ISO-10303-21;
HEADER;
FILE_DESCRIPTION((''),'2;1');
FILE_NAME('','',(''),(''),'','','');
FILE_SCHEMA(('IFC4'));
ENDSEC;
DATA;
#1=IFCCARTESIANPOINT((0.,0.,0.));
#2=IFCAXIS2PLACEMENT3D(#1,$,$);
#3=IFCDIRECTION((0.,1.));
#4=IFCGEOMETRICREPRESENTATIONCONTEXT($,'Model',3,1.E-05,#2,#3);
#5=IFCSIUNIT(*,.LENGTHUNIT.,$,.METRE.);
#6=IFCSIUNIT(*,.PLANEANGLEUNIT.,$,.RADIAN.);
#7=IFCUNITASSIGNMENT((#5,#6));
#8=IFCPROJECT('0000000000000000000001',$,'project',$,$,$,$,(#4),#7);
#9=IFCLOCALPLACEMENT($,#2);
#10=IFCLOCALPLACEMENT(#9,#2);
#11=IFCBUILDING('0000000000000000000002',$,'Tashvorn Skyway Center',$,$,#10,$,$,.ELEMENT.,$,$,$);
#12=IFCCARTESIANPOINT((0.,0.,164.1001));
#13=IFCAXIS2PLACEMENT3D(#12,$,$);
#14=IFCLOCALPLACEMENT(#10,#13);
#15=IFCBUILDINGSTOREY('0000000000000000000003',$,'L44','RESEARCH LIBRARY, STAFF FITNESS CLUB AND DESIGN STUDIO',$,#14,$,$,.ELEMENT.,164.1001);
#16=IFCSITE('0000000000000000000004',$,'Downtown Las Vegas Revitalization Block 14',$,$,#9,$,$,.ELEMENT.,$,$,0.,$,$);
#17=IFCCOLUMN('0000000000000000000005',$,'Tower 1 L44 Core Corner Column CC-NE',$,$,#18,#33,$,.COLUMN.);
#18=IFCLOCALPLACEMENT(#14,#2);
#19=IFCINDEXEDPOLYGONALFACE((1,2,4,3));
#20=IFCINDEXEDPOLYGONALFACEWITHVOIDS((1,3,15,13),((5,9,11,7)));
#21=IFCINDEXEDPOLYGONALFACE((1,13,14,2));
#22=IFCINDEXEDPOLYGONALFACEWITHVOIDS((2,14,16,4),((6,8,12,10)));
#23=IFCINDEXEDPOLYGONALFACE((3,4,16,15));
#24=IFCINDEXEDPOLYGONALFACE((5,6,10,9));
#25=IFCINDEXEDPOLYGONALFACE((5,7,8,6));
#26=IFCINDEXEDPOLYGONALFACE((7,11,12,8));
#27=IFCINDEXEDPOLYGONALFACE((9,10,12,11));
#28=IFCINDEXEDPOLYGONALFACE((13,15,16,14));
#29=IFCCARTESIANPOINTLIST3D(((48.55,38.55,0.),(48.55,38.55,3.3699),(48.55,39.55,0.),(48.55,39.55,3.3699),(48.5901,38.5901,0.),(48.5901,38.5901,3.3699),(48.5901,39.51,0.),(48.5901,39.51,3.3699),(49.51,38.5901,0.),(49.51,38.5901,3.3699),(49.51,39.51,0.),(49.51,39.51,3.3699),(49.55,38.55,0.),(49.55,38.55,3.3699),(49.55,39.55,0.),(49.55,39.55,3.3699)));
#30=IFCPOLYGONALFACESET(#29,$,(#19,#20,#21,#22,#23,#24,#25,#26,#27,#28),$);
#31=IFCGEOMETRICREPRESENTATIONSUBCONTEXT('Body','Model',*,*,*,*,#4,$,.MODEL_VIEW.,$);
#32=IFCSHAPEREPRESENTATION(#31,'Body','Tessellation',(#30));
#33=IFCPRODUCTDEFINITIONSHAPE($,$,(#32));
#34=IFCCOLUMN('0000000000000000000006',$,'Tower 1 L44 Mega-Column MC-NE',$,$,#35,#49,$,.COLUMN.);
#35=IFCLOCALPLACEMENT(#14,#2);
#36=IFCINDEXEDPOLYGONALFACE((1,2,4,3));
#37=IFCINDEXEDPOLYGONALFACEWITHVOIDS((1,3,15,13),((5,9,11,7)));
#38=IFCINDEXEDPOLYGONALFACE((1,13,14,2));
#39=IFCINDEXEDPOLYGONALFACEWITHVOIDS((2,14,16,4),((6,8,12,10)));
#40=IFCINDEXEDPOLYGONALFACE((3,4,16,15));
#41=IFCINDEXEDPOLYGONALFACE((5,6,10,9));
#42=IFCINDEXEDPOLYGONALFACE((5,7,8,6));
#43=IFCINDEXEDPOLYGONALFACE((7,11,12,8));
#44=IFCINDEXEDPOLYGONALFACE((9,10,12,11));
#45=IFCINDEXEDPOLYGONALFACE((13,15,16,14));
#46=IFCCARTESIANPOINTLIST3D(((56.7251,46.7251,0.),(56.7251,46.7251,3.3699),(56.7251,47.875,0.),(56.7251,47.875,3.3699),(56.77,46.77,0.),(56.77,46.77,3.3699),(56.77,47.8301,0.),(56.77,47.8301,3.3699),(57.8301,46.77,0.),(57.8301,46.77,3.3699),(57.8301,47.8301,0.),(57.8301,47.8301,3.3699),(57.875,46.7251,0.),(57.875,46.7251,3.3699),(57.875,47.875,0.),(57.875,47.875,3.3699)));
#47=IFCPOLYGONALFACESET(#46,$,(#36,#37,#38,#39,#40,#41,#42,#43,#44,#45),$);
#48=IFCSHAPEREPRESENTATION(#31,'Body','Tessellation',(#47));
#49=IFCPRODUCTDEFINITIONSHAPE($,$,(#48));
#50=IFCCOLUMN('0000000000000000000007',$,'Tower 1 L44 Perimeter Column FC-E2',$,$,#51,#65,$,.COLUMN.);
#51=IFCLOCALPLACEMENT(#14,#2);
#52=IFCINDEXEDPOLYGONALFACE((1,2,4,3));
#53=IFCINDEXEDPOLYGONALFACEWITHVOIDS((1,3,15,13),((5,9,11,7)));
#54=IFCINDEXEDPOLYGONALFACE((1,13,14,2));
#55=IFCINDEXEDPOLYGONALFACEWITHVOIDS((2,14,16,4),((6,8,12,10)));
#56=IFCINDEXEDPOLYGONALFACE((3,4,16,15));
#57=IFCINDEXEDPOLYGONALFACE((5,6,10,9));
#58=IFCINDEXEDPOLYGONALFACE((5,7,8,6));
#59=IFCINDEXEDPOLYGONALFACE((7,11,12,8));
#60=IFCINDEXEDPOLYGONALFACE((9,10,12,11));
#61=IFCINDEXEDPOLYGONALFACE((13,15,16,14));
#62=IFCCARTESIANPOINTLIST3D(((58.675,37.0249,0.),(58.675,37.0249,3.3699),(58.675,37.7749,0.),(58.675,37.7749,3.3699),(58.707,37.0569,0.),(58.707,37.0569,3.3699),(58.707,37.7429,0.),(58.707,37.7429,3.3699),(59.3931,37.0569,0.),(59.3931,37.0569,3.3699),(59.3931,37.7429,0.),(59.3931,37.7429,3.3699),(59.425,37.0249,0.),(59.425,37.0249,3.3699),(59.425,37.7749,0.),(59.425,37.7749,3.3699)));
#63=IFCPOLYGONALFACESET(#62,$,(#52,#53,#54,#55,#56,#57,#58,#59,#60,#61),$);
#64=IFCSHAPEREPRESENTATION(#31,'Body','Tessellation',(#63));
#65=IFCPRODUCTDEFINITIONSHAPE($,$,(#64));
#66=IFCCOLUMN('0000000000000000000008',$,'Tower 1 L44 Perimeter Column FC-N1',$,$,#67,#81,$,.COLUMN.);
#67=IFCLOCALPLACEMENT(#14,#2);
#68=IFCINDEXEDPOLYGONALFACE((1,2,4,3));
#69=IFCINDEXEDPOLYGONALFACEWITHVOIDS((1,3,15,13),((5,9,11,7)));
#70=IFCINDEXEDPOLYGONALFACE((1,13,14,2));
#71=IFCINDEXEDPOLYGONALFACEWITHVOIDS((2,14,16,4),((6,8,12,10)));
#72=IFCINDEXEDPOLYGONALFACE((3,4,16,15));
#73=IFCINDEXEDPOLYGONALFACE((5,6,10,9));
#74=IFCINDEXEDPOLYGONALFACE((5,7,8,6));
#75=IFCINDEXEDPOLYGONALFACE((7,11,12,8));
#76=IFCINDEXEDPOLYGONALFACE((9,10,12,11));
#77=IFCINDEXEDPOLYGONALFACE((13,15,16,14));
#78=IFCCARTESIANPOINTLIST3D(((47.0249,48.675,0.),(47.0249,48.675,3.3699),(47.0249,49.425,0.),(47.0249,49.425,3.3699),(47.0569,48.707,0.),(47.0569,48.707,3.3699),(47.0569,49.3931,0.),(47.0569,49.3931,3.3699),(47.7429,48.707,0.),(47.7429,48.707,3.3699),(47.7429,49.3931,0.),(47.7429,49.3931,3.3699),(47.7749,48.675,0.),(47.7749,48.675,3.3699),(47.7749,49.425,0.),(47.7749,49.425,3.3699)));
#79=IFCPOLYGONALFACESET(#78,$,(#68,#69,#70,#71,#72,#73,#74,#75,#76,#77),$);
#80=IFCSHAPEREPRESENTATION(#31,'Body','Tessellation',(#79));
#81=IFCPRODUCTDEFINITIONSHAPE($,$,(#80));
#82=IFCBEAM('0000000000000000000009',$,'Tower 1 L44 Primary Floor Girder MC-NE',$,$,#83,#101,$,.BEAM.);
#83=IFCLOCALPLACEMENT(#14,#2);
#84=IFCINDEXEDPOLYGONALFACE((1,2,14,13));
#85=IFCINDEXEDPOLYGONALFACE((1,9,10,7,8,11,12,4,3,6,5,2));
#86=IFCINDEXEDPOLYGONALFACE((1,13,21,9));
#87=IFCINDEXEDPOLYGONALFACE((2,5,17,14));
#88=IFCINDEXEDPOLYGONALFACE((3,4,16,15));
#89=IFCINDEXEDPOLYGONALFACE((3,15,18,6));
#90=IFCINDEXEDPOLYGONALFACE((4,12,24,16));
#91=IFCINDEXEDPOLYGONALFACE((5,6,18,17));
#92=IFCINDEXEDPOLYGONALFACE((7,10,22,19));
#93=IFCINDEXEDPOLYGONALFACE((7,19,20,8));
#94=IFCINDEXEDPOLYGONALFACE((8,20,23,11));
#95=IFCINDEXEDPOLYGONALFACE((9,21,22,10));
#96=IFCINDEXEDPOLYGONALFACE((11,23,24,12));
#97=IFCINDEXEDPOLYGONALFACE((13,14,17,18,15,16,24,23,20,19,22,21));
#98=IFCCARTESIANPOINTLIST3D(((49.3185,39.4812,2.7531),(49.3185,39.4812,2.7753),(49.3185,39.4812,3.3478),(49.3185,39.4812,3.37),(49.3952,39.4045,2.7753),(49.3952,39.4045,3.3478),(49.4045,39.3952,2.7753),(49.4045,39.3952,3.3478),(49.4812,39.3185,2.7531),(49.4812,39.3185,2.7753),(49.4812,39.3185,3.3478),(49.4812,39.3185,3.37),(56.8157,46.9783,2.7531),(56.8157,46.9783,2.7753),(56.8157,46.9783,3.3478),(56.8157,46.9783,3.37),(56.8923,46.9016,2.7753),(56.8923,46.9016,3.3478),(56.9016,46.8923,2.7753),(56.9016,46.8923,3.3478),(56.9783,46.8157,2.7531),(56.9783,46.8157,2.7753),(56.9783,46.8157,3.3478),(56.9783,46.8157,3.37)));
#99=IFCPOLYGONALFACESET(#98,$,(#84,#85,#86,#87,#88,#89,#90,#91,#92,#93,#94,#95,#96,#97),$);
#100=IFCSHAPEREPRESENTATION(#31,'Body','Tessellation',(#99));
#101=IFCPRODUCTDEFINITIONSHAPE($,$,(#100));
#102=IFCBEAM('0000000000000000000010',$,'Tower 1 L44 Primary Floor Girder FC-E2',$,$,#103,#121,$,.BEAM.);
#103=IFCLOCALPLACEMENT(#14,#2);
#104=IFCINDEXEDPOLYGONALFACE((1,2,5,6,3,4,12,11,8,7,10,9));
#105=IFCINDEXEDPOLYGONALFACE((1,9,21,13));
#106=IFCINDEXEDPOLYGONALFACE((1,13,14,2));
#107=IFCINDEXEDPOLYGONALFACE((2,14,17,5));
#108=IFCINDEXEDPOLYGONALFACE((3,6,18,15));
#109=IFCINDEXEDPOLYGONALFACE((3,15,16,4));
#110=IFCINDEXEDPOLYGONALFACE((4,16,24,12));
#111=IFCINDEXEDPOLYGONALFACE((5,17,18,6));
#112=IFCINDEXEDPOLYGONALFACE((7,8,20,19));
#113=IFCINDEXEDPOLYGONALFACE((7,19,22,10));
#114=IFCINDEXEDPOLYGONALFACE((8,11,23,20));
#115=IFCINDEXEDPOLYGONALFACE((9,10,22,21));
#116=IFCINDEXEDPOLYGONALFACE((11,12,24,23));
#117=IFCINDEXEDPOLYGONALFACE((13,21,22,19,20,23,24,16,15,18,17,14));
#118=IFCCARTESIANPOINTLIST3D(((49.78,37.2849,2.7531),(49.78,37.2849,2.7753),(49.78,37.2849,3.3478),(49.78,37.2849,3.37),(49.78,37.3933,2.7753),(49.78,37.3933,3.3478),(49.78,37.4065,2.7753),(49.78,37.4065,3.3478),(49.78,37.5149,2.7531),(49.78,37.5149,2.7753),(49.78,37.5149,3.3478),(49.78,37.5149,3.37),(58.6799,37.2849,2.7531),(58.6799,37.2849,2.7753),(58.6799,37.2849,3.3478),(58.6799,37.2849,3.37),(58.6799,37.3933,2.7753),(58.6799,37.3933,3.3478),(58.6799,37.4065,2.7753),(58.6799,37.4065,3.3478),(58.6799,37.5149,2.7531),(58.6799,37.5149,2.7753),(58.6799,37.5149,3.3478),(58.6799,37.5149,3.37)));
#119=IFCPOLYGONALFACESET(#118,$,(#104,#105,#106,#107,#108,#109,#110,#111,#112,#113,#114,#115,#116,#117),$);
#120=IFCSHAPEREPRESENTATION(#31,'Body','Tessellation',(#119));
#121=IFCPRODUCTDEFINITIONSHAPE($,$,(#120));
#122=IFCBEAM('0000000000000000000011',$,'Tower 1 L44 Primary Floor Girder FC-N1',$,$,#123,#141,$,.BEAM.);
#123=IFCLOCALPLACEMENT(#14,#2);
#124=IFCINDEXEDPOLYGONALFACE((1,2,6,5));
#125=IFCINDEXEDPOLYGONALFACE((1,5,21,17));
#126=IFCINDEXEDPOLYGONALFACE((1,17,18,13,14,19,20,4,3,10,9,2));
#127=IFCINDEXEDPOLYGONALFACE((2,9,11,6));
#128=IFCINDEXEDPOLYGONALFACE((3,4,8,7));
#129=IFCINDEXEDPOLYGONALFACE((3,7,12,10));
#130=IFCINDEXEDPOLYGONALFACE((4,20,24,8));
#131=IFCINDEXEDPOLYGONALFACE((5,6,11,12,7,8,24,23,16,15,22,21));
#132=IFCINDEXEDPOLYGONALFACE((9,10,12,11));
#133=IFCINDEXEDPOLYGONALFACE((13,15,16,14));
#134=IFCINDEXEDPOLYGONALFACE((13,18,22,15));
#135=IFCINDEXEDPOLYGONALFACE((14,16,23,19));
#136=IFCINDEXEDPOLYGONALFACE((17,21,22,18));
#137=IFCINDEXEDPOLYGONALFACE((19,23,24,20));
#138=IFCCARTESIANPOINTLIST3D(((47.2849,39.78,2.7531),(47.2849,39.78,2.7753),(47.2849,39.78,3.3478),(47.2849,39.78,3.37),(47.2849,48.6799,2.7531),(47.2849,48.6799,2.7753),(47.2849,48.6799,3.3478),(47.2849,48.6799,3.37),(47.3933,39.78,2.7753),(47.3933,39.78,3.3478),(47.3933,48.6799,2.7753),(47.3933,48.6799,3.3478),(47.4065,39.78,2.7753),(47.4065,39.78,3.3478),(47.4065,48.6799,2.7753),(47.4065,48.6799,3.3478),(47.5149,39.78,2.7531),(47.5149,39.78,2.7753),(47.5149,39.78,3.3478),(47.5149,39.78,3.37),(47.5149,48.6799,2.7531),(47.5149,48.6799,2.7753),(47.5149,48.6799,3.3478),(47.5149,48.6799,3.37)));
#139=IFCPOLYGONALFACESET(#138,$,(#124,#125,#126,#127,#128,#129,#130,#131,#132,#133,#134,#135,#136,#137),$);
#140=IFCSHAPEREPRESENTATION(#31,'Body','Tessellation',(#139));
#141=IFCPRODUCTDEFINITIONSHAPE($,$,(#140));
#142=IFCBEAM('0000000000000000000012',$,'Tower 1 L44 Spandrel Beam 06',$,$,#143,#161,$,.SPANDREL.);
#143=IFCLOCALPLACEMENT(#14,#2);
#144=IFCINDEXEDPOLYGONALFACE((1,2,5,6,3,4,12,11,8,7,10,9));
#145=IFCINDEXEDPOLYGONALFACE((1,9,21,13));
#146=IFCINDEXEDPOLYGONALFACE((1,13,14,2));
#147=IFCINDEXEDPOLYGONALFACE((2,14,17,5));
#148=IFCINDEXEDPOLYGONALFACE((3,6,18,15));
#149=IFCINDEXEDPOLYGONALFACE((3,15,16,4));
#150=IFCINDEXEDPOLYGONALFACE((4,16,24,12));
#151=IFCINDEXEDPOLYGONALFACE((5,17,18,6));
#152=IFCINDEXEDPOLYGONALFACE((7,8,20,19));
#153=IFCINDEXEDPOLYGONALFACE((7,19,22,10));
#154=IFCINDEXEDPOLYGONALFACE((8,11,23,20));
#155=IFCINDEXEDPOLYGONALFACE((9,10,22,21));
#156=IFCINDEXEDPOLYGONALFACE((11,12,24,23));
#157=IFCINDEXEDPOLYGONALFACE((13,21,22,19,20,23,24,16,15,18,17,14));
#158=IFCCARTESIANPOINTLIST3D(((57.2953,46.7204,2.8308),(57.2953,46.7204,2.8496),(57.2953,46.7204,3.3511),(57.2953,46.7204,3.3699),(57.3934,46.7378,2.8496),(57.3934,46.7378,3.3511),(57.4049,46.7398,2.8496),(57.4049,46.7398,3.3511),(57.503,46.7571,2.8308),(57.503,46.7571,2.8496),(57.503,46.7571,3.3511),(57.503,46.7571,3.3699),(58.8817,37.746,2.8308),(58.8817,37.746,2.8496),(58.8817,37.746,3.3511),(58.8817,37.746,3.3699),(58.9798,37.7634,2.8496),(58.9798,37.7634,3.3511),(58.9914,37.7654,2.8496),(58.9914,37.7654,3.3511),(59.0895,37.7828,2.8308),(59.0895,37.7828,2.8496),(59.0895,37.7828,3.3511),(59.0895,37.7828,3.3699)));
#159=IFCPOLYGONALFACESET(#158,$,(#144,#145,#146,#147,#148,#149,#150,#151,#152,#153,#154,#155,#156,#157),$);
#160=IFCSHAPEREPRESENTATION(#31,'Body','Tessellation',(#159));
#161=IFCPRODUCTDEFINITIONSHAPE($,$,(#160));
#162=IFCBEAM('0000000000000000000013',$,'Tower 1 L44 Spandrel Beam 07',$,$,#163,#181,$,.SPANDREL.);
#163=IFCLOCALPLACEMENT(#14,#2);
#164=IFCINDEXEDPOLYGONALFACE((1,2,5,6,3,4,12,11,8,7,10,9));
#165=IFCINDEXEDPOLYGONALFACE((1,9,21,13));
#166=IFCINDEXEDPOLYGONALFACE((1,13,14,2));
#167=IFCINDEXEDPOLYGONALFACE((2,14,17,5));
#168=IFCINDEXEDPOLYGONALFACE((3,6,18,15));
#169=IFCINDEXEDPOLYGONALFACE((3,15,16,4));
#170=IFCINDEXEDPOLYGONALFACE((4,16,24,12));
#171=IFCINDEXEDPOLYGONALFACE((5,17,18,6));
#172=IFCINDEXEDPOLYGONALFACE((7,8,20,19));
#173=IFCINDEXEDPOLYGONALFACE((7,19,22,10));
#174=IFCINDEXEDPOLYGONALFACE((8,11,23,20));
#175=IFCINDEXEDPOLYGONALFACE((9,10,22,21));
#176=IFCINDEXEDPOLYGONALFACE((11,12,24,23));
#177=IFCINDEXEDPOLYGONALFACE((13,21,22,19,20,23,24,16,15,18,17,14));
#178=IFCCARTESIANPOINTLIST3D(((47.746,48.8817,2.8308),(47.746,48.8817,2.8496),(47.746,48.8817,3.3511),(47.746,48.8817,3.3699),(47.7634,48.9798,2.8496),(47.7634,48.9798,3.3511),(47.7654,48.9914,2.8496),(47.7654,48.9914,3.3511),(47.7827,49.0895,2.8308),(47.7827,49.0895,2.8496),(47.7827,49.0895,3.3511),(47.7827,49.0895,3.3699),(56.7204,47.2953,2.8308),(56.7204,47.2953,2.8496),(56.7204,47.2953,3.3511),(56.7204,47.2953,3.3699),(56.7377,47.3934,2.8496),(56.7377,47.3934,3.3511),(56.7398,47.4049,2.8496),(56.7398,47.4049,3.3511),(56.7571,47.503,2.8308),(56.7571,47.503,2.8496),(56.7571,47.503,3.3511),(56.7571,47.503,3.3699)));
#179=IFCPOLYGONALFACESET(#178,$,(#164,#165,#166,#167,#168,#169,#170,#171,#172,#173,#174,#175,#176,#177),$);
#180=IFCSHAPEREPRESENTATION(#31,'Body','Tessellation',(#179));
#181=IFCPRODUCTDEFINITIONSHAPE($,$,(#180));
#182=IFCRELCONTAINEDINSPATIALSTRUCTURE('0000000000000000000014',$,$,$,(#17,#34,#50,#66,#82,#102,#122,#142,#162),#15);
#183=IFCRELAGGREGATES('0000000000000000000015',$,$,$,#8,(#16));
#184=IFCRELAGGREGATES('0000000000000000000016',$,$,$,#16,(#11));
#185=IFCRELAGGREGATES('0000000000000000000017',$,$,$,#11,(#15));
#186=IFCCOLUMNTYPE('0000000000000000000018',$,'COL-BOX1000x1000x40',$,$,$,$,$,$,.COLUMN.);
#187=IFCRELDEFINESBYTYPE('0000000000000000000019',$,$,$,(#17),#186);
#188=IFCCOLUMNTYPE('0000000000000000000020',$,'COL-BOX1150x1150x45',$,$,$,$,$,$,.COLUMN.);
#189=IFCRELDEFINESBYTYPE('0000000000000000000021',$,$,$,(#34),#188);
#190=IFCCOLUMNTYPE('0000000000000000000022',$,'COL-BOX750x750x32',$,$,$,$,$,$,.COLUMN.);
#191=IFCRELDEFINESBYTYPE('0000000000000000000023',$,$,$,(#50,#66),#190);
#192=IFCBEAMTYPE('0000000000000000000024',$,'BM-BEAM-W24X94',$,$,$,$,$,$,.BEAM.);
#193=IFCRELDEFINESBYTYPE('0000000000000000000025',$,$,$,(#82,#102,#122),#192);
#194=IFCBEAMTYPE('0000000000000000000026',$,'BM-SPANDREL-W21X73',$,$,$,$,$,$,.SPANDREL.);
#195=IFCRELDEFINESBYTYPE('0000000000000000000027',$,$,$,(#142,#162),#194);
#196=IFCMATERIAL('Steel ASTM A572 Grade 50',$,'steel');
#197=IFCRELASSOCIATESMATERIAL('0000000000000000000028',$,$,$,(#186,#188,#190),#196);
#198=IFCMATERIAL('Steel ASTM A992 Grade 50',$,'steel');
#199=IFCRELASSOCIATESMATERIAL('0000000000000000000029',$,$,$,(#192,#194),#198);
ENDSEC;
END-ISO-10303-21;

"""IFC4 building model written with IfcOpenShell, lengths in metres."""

from ifc_helpers import new_model, si_unit, direction, frame, origin, origin_2d, place, context, subcontext, project, spatial, hollow_rectangle, i_section, extrude, material, material_profile, profile_set, type_object, element, save


model = new_model("IFC4")

# Units and contexts
model_context = context("Model", 3, precision=1e-05, world=origin(), true_north=direction((0.0, 1.0)))
body_context = subcontext(model_context, "Body", "Model", "MODEL_VIEW")
ifc_project = project(units=[si_unit("LENGTHUNIT", "METRE"), si_unit("PLANEANGLEUNIT", "RADIAN")], contexts=[model_context])

# Site, building, storey
site_placement = place(None, origin())
site = spatial("IfcSite", under=ifc_project, at=site_placement, Name="Downtown Las Vegas Revitalization Block 14", CompositionType="ELEMENT", RefElevation=0.0)
building_placement = place(site_placement, origin())
building = spatial("IfcBuilding", under=site, at=building_placement, Name="Tashvorn Skyway Center", CompositionType="ELEMENT")
storey_placement = place(building_placement, frame((0.0, 0.0, 164.1001)))
storey = spatial("IfcBuildingStorey", under=building, at=storey_placement, Name="L44", Description="RESEARCH LIBRARY, STAFF FITNESS CLUB AND DESIGN STUDIO", CompositionType="ELEMENT", Elevation=164.1001)

# Columns
ifc_material_1 = material(Name="Steel ASTM A572 Grade 50", Category="steel")
ifc_material_profile_1 = material_profile(ifc_material_1, hollow_rectangle(XDim=1.0, YDim=1.0, WallThickness=0.04, at=origin_2d()), Name="BOX1000x1000x40")
ifc_profile_set_1 = profile_set([ifc_material_profile_1], Name="Steel ASTM A572 Grade 50")
column_type_1 = type_object("IfcColumnType", Name="COL-BOX1000x1000x40", PredefinedType="COLUMN", material=ifc_profile_set_1)
column_1_placement = place(storey_placement, frame((49.05, 39.05, 0.0), z_axis=(0.0, 0.0, 1.0), x_axis=(1.0, 0.0, 0.0)))
element("IfcColumn", 1, at=column_1_placement, inside=storey, type_object=column_type_1, Name="Tower 1 L44 Core Corner Column CC-NE", PredefinedType="COLUMN", context=body_context, shape_type="SweptSolid", body=[
    extrude(hollow_rectangle(XDim=1.0, YDim=1.0, WallThickness=0.04, at=origin_2d()), origin(), (0.0, 0.0, 1.0), 3.3699),
])
ifc_material_profile_2 = material_profile(ifc_material_1, hollow_rectangle(XDim=1.1499, YDim=1.1499, WallThickness=0.0449, at=origin_2d()), Name="BOX1150x1150x45")
ifc_profile_set_2 = profile_set([ifc_material_profile_2], Name="Steel ASTM A572 Grade 50")
column_type_2 = type_object("IfcColumnType", Name="COL-BOX1150x1150x45", PredefinedType="COLUMN", material=ifc_profile_set_2)
column_2_placement = place(storey_placement, frame((57.3, 47.3, 0.0), z_axis=(0.0, 0.0, 1.0), x_axis=(1.0, 0.0, 0.0)))
element("IfcColumn", 2, at=column_2_placement, inside=storey, type_object=column_type_2, Name="Tower 1 L44 Mega-Column MC-NE", PredefinedType="COLUMN", context=body_context, shape_type="SweptSolid", body=[
    extrude(hollow_rectangle(XDim=1.1499, YDim=1.1499, WallThickness=0.0449, at=origin_2d()), origin(), (0.0, 0.0, 1.0), 3.3699),
])
ifc_material_profile_3 = material_profile(ifc_material_1, hollow_rectangle(XDim=0.75, YDim=0.75, WallThickness=0.032, at=origin_2d()), Name="BOX750x750x32")
ifc_profile_set_3 = profile_set([ifc_material_profile_3], Name="Steel ASTM A572 Grade 50")
column_type_3 = type_object("IfcColumnType", Name="COL-BOX750x750x32", PredefinedType="COLUMN", material=ifc_profile_set_3)
for number, where, z_axis, x_axis, name in (
    (3, (59.05, 37.3999, 0.0), (0.0, 0.0, 1.0), (1.0, 0.0, 0.0), "Tower 1 L44 Perimeter Column FC-E2"),
    (4, (47.3999, 49.05, 0.0), (0.0, 0.0, 1.0), (1.0, 0.0, 0.0), "Tower 1 L44 Perimeter Column FC-N1"),
):
    element("IfcColumn", number, at=place(storey_placement, frame(where, z_axis=z_axis, x_axis=x_axis)), inside=storey, type_object=column_type_3, Name=name, PredefinedType="COLUMN", context=body_context, shape_type="SweptSolid", body=[
        extrude(hollow_rectangle(XDim=0.75, YDim=0.75, WallThickness=0.032, at=origin_2d()), origin(), (0.0, 0.0, 1.0), 3.3699),
    ])

# Beams
ifc_material_2 = material(Name="Steel ASTM A992 Grade 50", Category="steel")
ifc_material_profile_4 = material_profile(ifc_material_2, i_section(OverallWidth=0.23, OverallDepth=0.6169, WebThickness=0.0132, FlangeThickness=0.0222, at=origin_2d()), Name="W24X94")
ifc_profile_set_4 = profile_set([ifc_material_profile_4], Name="Steel ASTM A992 Grade 50")
beam_type_1 = type_object("IfcBeamType", Name="BM-BEAM-W24X94", PredefinedType="BEAM", material=ifc_profile_set_4)
beam_placement = place(storey_placement, frame((56.897, 46.897, 3.0615), z_axis=(-0.707107, -0.707107, 0.0), x_axis=(0.707107, -0.707107, 0.0)))
element("IfcBeam", 5, at=beam_placement, inside=storey, type_object=beam_type_1, Name="Tower 1 L44 Primary Floor Girder MC-NE", PredefinedType="BEAM", context=body_context, shape_type="SweptSolid", body=[
    extrude(i_section(OverallWidth=0.23, OverallDepth=0.6169, WebThickness=0.0132, FlangeThickness=0.0222, at=origin_2d()), origin(), (0.0, 0.0, 1.0), 10.6025),
])
for number, where, z_axis, x_axis, name in (
    (6, (58.6799, 37.3999, 3.0615), (-1.0, 0.0, 0.0), (0.0, -1.0, 0.0), "Tower 1 L44 Primary Floor Girder FC-E2"),
    (7, (47.3999, 48.6799, 3.0615), (0.0, -1.0, 0.0), (1.0, 0.0, 0.0), "Tower 1 L44 Primary Floor Girder FC-N1"),
):
    element("IfcBeam", number, at=place(storey_placement, frame(where, z_axis=z_axis, x_axis=x_axis)), inside=storey, type_object=beam_type_1, Name=name, PredefinedType="BEAM", context=body_context, shape_type="SweptSolid", body=[
        extrude(i_section(OverallWidth=0.23, OverallDepth=0.6169, WebThickness=0.0132, FlangeThickness=0.0222, at=origin_2d()), origin(), (0.0, 0.0, 1.0), 8.8999),
    ])
ifc_material_profile_5 = material_profile(ifc_material_2, i_section(OverallWidth=0.2109, OverallDepth=0.5391, WebThickness=0.0117, FlangeThickness=0.0188, at=origin_2d()), Name="W21X73")
ifc_profile_set_5 = profile_set([ifc_material_profile_5], Name="Steel ASTM A992 Grade 50")
beam_type_2 = type_object("IfcBeamType", Name="BM-SPANDREL-W21X73", PredefinedType="SPANDREL", material=ifc_profile_set_5)
for number, where, z_axis, x_axis, name in (
    (8, (58.9856, 37.7644, 3.1003), (-0.174074, 0.984733, 0.0), (-0.984733, -0.174074, 0.0), "Tower 1 L44 Spandrel Beam 06"),
    (9, (56.7388, 47.3992, 3.1003), (-0.984733, 0.174074, 0.0), (-0.174074, -0.984733, 0.0), "Tower 1 L44 Spandrel Beam 07"),
):
    element("IfcBeam", number, at=place(storey_placement, frame(where, z_axis=z_axis, x_axis=x_axis)), inside=storey, type_object=beam_type_2, Name=name, PredefinedType="SPANDREL", context=body_context, shape_type="SweptSolid", body=[
        extrude(i_section(OverallWidth=0.2109, OverallDepth=0.5391, WebThickness=0.0117, FlangeThickness=0.0188, at=origin_2d()), origin(), (0.0, 0.0, 1.0), 9.1135),
    ])

save(model, "model.ifc")
